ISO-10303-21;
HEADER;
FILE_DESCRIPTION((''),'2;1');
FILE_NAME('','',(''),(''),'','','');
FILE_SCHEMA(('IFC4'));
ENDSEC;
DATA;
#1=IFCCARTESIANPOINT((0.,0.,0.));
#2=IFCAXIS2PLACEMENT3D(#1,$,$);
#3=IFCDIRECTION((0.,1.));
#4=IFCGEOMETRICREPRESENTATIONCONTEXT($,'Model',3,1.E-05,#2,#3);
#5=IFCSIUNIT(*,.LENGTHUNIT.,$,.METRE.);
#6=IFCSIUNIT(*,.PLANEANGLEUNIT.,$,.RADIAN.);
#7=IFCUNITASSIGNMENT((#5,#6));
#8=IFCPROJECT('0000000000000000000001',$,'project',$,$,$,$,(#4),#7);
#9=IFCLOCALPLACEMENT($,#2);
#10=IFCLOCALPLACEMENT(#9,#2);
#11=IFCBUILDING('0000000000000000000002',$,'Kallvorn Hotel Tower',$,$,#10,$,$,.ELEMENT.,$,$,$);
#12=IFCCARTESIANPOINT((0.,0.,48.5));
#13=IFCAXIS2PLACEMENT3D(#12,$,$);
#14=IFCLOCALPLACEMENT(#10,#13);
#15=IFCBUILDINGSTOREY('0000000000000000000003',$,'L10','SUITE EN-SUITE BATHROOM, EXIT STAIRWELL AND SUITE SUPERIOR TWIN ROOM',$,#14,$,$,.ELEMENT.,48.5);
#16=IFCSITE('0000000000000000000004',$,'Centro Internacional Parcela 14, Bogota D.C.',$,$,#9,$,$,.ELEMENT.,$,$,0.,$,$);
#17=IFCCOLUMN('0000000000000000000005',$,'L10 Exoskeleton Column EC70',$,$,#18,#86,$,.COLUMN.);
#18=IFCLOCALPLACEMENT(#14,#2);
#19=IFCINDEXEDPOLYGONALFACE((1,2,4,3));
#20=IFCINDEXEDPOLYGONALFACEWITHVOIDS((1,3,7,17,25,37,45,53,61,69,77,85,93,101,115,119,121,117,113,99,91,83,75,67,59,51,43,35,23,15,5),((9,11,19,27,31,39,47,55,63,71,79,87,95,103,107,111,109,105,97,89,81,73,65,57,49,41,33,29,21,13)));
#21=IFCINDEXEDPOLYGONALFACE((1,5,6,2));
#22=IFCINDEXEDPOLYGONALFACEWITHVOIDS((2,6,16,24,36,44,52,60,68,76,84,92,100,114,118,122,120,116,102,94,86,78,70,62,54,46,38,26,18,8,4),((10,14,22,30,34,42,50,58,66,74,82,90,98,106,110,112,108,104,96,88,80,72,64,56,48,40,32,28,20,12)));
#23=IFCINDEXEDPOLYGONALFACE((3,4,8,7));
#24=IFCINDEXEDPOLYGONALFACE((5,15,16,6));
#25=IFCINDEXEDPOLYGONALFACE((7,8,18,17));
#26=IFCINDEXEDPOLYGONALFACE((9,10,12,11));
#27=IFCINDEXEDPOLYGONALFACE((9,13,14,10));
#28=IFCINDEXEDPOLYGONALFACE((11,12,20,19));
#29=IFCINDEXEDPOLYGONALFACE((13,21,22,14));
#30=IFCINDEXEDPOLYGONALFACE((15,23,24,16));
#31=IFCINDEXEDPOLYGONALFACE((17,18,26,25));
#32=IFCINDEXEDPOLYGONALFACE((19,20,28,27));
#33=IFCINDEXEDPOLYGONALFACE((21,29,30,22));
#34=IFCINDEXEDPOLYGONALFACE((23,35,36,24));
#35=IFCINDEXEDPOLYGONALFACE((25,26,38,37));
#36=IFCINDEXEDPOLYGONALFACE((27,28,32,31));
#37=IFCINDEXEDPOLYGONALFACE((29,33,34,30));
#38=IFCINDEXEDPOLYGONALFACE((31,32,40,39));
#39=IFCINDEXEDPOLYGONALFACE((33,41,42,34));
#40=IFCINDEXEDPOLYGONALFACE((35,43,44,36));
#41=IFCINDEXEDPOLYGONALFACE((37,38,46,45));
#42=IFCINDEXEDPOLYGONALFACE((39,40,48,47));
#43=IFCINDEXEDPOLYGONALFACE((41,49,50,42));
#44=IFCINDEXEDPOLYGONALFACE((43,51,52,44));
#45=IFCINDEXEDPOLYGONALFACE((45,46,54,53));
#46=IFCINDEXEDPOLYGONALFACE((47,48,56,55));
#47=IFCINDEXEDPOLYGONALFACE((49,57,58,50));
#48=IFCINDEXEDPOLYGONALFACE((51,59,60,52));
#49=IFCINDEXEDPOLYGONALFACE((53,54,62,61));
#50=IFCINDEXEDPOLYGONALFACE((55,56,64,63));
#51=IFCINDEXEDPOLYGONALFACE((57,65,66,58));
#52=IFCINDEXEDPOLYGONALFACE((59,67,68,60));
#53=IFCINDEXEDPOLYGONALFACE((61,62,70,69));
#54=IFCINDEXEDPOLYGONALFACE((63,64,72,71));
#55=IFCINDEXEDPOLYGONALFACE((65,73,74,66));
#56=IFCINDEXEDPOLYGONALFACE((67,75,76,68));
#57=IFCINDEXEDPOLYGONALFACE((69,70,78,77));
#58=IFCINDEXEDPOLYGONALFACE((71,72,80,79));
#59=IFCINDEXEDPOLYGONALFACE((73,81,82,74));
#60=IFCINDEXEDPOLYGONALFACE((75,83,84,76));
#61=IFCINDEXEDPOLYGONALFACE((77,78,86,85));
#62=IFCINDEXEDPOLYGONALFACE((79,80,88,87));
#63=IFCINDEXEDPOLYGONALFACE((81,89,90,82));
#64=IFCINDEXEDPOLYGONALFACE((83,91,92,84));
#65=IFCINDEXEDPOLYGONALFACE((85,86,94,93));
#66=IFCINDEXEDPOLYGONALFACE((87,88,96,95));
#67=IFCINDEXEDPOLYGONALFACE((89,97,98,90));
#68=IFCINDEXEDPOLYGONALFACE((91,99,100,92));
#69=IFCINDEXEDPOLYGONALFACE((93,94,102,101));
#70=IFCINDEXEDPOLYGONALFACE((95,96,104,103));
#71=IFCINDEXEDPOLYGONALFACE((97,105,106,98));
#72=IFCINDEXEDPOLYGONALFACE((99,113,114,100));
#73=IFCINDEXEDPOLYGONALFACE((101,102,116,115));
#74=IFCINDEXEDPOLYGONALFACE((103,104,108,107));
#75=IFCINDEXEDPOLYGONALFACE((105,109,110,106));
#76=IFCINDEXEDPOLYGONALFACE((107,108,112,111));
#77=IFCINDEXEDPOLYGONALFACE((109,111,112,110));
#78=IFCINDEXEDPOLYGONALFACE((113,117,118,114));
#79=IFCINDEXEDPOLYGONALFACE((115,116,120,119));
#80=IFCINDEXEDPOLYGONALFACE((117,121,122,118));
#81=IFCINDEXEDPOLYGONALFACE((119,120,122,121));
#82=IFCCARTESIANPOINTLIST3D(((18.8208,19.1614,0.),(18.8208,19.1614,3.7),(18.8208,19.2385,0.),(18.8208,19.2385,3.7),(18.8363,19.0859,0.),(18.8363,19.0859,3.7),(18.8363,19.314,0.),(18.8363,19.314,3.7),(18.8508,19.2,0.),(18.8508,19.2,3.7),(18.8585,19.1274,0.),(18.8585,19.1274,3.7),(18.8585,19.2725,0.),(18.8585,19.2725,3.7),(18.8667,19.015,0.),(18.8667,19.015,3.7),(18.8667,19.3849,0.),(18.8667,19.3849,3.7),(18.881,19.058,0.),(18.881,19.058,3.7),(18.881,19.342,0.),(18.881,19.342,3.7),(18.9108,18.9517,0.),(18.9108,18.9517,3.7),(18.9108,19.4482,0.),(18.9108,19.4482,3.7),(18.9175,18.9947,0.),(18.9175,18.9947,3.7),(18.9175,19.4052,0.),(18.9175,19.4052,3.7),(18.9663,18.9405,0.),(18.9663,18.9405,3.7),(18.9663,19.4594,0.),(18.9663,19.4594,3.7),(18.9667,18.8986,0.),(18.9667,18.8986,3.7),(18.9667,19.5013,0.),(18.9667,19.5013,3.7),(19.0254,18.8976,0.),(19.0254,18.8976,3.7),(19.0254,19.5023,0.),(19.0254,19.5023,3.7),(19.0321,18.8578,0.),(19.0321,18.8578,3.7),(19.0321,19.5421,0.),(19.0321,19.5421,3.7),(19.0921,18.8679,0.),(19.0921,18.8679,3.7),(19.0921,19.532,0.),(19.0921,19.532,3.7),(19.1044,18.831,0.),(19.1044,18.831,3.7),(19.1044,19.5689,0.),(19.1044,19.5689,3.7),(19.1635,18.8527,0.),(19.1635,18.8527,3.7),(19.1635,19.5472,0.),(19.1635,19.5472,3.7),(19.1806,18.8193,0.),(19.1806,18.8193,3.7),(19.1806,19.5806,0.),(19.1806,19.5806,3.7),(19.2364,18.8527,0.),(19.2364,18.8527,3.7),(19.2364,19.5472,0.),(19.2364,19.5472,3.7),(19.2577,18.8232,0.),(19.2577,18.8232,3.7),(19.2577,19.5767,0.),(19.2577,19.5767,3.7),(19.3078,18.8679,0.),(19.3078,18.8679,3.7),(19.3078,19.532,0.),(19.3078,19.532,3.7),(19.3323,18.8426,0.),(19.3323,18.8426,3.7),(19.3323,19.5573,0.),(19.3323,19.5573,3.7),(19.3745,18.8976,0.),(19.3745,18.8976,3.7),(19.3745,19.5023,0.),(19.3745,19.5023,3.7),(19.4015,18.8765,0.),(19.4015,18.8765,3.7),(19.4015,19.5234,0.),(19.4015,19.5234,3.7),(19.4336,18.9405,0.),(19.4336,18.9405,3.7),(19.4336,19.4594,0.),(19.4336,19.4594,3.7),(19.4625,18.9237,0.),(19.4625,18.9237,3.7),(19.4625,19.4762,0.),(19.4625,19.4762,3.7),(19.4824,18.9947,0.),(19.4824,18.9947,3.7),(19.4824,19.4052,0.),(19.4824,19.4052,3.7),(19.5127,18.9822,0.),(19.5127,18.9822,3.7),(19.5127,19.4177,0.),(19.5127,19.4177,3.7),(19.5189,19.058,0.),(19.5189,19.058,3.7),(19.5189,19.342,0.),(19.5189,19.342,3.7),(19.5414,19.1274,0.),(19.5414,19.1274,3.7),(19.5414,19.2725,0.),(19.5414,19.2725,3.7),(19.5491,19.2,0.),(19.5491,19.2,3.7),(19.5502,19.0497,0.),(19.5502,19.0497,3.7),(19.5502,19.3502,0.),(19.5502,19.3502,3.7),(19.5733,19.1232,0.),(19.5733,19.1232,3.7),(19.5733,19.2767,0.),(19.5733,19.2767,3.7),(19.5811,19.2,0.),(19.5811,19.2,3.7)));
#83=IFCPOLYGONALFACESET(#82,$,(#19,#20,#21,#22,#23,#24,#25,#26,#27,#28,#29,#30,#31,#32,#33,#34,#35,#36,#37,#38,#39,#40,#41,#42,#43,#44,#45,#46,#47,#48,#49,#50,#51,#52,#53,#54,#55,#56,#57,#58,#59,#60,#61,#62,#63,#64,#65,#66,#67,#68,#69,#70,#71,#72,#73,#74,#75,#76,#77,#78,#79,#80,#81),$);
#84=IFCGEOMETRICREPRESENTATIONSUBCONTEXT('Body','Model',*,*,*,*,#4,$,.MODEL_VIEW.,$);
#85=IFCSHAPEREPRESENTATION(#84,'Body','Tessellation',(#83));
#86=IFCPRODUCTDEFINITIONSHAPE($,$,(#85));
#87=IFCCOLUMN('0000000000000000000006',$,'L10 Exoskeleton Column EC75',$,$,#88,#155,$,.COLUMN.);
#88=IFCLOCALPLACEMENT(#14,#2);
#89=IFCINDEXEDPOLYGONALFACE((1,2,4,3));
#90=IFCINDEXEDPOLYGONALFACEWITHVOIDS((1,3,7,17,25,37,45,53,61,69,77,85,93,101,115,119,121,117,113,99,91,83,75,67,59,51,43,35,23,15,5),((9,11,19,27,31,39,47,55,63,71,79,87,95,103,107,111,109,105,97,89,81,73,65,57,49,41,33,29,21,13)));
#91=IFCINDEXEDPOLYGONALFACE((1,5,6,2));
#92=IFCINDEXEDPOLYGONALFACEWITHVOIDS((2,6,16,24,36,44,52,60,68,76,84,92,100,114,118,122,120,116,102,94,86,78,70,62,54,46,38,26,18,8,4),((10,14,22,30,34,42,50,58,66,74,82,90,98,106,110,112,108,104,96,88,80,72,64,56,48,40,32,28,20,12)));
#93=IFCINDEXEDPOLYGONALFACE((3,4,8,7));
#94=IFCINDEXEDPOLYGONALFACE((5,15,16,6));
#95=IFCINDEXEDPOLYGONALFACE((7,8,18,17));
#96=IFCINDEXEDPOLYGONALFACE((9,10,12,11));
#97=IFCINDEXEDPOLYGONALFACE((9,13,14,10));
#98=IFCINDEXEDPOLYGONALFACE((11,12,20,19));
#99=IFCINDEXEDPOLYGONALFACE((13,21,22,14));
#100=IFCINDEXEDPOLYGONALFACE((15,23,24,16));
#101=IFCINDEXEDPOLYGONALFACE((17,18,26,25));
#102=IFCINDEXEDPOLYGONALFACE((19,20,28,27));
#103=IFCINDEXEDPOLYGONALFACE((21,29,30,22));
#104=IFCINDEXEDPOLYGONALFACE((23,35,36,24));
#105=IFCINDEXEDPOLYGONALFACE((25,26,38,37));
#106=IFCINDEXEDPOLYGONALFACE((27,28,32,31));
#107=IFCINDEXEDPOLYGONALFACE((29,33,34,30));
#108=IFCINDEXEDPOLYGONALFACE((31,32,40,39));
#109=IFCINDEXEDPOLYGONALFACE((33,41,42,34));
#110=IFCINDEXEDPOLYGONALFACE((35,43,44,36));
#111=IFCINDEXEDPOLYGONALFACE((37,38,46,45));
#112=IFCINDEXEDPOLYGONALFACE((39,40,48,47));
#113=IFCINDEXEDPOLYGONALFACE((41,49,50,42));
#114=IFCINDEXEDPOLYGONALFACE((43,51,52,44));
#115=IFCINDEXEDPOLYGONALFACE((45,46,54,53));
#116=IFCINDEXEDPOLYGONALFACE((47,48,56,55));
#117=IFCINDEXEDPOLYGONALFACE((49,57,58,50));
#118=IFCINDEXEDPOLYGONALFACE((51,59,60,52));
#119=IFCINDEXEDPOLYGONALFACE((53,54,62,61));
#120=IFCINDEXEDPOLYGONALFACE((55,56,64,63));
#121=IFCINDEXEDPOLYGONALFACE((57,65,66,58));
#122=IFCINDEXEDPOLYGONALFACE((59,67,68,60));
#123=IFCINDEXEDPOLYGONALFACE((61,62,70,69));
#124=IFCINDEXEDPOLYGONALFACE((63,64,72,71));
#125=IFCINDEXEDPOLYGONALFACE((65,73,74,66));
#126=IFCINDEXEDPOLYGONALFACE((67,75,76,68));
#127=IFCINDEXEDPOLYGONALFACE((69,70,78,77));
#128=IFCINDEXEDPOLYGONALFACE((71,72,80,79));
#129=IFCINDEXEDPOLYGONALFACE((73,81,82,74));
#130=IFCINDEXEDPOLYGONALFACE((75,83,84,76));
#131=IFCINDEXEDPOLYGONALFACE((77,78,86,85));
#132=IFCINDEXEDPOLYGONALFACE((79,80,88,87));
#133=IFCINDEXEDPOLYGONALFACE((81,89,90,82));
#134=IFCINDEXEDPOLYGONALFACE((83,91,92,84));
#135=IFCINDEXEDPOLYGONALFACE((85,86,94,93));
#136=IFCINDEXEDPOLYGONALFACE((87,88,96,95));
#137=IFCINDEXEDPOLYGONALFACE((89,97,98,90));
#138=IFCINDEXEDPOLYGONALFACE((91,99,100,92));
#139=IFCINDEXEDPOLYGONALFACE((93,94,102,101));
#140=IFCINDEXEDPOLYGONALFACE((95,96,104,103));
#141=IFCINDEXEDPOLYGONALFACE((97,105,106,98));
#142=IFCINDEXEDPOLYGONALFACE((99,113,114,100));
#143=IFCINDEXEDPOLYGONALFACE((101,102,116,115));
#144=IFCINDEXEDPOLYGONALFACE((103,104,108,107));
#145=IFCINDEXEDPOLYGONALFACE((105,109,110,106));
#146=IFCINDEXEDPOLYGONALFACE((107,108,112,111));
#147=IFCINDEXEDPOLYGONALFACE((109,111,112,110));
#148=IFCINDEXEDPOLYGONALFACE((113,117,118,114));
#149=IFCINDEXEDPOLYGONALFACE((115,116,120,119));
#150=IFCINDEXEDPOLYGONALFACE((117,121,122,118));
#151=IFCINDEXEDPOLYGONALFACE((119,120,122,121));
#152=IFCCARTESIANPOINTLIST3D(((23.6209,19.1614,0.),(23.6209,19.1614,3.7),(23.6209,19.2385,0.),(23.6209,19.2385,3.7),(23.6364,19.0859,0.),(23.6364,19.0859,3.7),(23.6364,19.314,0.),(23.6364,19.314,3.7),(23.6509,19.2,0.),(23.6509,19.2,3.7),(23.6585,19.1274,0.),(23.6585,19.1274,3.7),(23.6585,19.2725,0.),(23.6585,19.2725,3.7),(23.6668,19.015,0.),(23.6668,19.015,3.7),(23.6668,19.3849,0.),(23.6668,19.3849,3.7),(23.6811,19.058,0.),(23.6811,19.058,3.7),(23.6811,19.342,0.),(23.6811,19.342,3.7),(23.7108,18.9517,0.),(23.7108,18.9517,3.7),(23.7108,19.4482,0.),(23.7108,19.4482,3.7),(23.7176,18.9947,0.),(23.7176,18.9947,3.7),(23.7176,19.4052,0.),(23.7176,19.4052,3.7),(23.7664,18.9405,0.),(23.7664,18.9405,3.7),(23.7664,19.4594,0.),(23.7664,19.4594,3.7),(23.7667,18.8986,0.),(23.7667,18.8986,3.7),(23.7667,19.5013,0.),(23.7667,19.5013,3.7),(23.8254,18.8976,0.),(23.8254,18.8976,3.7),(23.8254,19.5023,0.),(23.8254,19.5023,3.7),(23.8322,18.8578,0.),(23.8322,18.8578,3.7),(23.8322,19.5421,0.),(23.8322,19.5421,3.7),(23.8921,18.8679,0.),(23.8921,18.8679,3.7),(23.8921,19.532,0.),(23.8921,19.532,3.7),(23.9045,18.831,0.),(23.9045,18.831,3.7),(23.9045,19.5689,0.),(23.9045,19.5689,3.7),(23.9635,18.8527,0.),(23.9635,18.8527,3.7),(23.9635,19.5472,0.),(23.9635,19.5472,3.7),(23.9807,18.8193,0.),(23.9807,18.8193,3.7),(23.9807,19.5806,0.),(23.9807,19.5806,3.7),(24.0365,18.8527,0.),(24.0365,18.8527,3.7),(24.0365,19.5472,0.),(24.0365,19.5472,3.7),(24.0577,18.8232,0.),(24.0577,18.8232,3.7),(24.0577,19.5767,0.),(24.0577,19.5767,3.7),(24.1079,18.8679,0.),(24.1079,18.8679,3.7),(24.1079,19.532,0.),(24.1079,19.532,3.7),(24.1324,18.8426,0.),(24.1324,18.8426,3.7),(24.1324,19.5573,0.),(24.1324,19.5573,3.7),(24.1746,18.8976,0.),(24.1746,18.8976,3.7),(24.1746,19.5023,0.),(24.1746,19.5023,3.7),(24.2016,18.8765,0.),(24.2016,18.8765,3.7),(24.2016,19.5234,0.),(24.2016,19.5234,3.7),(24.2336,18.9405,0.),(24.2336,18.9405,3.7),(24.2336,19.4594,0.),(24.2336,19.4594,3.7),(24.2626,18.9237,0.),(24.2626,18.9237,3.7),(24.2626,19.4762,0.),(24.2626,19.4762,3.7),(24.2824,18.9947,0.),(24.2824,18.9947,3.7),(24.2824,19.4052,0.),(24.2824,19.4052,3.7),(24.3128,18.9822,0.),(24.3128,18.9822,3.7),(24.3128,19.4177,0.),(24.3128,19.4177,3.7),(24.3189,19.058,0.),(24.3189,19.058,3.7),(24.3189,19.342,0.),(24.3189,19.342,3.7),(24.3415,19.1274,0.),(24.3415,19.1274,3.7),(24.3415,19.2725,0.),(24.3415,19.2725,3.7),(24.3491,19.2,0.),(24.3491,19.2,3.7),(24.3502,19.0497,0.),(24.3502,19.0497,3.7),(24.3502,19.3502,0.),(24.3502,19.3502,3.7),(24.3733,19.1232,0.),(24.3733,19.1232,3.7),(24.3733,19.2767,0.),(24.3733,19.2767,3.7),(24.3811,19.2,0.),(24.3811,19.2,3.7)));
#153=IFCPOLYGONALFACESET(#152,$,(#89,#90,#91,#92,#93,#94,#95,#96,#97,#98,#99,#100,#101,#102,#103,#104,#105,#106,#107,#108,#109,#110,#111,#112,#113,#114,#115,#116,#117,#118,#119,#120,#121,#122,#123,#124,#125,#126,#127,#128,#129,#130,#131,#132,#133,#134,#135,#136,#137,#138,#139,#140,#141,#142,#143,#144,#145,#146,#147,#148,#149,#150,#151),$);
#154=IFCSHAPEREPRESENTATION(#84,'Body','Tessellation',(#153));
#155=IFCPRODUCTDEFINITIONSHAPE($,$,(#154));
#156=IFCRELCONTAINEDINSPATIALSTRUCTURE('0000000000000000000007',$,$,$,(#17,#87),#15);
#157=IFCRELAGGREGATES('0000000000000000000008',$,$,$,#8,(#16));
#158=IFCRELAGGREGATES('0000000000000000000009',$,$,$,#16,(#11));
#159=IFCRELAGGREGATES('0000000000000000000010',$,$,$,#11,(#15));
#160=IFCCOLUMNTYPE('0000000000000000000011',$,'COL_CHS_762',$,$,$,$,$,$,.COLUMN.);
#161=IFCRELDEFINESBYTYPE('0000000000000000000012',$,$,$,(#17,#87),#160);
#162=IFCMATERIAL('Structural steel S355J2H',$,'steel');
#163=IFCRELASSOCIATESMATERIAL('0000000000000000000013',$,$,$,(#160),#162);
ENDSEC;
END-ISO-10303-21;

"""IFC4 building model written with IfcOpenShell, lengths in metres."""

from ifc_helpers import new_model, si_unit, direction, frame, origin, origin_2d, place, context, subcontext, project, spatial, hollow_circle, extrude, material, material_profile, profile_set, type_object, element, save


model = new_model("IFC4")

# Units and contexts
model_context = context("Model", 3, precision=1e-05, world=origin(), true_north=direction((0.0, 1.0)))
body_context = subcontext(model_context, "Body", "Model", "MODEL_VIEW")
ifc_project = project(units=[si_unit("LENGTHUNIT", "METRE"), si_unit("PLANEANGLEUNIT", "RADIAN")], contexts=[model_context])

# Site, building, storey
site_placement = place(None, origin())
site = spatial("IfcSite", under=ifc_project, at=site_placement, Name="Centro Internacional Parcela 14, Bogota D.C.", CompositionType="ELEMENT", RefElevation=0.0)
building_placement = place(site_placement, origin())
building = spatial("IfcBuilding", under=site, at=building_placement, Name="Kallvorn Hotel Tower", CompositionType="ELEMENT")
storey_placement = place(building_placement, frame((0.0, 0.0, 48.5)))
storey = spatial("IfcBuildingStorey", under=building, at=storey_placement, Name="L10", Description="SUITE EN-SUITE BATHROOM, EXIT STAIRWELL AND SUITE SUPERIOR TWIN ROOM", CompositionType="ELEMENT", Elevation=48.5)

# Columns
ifc_material_1 = material(Name="Structural steel S355J2H", Category="steel")
ifc_material_profile_1 = material_profile(ifc_material_1, hollow_circle(Radius=0.3811, WallThickness=0.032, at=origin_2d()), Name="CHS 762x32")
ifc_profile_set_1 = profile_set([ifc_material_profile_1], Name="Structural steel S355J2H")
column_type_1 = type_object("IfcColumnType", Name="COL_CHS_762", PredefinedType="COLUMN", material=ifc_profile_set_1)
for number, where, z_axis, x_axis, name in (
    (1, (19.2, 19.2, 0.0), (0.0, 0.0, 1.0), (1.0, 0.0, 0.0), "L10 Exoskeleton Column EC70"),
    (2, (24.0, 19.2, 0.0), (0.0, 0.0, 1.0), (1.0, 0.0, 0.0), "L10 Exoskeleton Column EC75"),
):
    element("IfcColumn", number, at=place(storey_placement, frame(where, z_axis=z_axis, x_axis=x_axis)), inside=storey, type_object=column_type_1, Name=name, PredefinedType="COLUMN", context=body_context, shape_type="SweptSolid", body=[
        extrude(hollow_circle(Radius=0.3811, WallThickness=0.032, at=origin_2d()), origin(), (0.0, 0.0, 1.0), 3.7),
    ])

save(model, "model.ifc")
